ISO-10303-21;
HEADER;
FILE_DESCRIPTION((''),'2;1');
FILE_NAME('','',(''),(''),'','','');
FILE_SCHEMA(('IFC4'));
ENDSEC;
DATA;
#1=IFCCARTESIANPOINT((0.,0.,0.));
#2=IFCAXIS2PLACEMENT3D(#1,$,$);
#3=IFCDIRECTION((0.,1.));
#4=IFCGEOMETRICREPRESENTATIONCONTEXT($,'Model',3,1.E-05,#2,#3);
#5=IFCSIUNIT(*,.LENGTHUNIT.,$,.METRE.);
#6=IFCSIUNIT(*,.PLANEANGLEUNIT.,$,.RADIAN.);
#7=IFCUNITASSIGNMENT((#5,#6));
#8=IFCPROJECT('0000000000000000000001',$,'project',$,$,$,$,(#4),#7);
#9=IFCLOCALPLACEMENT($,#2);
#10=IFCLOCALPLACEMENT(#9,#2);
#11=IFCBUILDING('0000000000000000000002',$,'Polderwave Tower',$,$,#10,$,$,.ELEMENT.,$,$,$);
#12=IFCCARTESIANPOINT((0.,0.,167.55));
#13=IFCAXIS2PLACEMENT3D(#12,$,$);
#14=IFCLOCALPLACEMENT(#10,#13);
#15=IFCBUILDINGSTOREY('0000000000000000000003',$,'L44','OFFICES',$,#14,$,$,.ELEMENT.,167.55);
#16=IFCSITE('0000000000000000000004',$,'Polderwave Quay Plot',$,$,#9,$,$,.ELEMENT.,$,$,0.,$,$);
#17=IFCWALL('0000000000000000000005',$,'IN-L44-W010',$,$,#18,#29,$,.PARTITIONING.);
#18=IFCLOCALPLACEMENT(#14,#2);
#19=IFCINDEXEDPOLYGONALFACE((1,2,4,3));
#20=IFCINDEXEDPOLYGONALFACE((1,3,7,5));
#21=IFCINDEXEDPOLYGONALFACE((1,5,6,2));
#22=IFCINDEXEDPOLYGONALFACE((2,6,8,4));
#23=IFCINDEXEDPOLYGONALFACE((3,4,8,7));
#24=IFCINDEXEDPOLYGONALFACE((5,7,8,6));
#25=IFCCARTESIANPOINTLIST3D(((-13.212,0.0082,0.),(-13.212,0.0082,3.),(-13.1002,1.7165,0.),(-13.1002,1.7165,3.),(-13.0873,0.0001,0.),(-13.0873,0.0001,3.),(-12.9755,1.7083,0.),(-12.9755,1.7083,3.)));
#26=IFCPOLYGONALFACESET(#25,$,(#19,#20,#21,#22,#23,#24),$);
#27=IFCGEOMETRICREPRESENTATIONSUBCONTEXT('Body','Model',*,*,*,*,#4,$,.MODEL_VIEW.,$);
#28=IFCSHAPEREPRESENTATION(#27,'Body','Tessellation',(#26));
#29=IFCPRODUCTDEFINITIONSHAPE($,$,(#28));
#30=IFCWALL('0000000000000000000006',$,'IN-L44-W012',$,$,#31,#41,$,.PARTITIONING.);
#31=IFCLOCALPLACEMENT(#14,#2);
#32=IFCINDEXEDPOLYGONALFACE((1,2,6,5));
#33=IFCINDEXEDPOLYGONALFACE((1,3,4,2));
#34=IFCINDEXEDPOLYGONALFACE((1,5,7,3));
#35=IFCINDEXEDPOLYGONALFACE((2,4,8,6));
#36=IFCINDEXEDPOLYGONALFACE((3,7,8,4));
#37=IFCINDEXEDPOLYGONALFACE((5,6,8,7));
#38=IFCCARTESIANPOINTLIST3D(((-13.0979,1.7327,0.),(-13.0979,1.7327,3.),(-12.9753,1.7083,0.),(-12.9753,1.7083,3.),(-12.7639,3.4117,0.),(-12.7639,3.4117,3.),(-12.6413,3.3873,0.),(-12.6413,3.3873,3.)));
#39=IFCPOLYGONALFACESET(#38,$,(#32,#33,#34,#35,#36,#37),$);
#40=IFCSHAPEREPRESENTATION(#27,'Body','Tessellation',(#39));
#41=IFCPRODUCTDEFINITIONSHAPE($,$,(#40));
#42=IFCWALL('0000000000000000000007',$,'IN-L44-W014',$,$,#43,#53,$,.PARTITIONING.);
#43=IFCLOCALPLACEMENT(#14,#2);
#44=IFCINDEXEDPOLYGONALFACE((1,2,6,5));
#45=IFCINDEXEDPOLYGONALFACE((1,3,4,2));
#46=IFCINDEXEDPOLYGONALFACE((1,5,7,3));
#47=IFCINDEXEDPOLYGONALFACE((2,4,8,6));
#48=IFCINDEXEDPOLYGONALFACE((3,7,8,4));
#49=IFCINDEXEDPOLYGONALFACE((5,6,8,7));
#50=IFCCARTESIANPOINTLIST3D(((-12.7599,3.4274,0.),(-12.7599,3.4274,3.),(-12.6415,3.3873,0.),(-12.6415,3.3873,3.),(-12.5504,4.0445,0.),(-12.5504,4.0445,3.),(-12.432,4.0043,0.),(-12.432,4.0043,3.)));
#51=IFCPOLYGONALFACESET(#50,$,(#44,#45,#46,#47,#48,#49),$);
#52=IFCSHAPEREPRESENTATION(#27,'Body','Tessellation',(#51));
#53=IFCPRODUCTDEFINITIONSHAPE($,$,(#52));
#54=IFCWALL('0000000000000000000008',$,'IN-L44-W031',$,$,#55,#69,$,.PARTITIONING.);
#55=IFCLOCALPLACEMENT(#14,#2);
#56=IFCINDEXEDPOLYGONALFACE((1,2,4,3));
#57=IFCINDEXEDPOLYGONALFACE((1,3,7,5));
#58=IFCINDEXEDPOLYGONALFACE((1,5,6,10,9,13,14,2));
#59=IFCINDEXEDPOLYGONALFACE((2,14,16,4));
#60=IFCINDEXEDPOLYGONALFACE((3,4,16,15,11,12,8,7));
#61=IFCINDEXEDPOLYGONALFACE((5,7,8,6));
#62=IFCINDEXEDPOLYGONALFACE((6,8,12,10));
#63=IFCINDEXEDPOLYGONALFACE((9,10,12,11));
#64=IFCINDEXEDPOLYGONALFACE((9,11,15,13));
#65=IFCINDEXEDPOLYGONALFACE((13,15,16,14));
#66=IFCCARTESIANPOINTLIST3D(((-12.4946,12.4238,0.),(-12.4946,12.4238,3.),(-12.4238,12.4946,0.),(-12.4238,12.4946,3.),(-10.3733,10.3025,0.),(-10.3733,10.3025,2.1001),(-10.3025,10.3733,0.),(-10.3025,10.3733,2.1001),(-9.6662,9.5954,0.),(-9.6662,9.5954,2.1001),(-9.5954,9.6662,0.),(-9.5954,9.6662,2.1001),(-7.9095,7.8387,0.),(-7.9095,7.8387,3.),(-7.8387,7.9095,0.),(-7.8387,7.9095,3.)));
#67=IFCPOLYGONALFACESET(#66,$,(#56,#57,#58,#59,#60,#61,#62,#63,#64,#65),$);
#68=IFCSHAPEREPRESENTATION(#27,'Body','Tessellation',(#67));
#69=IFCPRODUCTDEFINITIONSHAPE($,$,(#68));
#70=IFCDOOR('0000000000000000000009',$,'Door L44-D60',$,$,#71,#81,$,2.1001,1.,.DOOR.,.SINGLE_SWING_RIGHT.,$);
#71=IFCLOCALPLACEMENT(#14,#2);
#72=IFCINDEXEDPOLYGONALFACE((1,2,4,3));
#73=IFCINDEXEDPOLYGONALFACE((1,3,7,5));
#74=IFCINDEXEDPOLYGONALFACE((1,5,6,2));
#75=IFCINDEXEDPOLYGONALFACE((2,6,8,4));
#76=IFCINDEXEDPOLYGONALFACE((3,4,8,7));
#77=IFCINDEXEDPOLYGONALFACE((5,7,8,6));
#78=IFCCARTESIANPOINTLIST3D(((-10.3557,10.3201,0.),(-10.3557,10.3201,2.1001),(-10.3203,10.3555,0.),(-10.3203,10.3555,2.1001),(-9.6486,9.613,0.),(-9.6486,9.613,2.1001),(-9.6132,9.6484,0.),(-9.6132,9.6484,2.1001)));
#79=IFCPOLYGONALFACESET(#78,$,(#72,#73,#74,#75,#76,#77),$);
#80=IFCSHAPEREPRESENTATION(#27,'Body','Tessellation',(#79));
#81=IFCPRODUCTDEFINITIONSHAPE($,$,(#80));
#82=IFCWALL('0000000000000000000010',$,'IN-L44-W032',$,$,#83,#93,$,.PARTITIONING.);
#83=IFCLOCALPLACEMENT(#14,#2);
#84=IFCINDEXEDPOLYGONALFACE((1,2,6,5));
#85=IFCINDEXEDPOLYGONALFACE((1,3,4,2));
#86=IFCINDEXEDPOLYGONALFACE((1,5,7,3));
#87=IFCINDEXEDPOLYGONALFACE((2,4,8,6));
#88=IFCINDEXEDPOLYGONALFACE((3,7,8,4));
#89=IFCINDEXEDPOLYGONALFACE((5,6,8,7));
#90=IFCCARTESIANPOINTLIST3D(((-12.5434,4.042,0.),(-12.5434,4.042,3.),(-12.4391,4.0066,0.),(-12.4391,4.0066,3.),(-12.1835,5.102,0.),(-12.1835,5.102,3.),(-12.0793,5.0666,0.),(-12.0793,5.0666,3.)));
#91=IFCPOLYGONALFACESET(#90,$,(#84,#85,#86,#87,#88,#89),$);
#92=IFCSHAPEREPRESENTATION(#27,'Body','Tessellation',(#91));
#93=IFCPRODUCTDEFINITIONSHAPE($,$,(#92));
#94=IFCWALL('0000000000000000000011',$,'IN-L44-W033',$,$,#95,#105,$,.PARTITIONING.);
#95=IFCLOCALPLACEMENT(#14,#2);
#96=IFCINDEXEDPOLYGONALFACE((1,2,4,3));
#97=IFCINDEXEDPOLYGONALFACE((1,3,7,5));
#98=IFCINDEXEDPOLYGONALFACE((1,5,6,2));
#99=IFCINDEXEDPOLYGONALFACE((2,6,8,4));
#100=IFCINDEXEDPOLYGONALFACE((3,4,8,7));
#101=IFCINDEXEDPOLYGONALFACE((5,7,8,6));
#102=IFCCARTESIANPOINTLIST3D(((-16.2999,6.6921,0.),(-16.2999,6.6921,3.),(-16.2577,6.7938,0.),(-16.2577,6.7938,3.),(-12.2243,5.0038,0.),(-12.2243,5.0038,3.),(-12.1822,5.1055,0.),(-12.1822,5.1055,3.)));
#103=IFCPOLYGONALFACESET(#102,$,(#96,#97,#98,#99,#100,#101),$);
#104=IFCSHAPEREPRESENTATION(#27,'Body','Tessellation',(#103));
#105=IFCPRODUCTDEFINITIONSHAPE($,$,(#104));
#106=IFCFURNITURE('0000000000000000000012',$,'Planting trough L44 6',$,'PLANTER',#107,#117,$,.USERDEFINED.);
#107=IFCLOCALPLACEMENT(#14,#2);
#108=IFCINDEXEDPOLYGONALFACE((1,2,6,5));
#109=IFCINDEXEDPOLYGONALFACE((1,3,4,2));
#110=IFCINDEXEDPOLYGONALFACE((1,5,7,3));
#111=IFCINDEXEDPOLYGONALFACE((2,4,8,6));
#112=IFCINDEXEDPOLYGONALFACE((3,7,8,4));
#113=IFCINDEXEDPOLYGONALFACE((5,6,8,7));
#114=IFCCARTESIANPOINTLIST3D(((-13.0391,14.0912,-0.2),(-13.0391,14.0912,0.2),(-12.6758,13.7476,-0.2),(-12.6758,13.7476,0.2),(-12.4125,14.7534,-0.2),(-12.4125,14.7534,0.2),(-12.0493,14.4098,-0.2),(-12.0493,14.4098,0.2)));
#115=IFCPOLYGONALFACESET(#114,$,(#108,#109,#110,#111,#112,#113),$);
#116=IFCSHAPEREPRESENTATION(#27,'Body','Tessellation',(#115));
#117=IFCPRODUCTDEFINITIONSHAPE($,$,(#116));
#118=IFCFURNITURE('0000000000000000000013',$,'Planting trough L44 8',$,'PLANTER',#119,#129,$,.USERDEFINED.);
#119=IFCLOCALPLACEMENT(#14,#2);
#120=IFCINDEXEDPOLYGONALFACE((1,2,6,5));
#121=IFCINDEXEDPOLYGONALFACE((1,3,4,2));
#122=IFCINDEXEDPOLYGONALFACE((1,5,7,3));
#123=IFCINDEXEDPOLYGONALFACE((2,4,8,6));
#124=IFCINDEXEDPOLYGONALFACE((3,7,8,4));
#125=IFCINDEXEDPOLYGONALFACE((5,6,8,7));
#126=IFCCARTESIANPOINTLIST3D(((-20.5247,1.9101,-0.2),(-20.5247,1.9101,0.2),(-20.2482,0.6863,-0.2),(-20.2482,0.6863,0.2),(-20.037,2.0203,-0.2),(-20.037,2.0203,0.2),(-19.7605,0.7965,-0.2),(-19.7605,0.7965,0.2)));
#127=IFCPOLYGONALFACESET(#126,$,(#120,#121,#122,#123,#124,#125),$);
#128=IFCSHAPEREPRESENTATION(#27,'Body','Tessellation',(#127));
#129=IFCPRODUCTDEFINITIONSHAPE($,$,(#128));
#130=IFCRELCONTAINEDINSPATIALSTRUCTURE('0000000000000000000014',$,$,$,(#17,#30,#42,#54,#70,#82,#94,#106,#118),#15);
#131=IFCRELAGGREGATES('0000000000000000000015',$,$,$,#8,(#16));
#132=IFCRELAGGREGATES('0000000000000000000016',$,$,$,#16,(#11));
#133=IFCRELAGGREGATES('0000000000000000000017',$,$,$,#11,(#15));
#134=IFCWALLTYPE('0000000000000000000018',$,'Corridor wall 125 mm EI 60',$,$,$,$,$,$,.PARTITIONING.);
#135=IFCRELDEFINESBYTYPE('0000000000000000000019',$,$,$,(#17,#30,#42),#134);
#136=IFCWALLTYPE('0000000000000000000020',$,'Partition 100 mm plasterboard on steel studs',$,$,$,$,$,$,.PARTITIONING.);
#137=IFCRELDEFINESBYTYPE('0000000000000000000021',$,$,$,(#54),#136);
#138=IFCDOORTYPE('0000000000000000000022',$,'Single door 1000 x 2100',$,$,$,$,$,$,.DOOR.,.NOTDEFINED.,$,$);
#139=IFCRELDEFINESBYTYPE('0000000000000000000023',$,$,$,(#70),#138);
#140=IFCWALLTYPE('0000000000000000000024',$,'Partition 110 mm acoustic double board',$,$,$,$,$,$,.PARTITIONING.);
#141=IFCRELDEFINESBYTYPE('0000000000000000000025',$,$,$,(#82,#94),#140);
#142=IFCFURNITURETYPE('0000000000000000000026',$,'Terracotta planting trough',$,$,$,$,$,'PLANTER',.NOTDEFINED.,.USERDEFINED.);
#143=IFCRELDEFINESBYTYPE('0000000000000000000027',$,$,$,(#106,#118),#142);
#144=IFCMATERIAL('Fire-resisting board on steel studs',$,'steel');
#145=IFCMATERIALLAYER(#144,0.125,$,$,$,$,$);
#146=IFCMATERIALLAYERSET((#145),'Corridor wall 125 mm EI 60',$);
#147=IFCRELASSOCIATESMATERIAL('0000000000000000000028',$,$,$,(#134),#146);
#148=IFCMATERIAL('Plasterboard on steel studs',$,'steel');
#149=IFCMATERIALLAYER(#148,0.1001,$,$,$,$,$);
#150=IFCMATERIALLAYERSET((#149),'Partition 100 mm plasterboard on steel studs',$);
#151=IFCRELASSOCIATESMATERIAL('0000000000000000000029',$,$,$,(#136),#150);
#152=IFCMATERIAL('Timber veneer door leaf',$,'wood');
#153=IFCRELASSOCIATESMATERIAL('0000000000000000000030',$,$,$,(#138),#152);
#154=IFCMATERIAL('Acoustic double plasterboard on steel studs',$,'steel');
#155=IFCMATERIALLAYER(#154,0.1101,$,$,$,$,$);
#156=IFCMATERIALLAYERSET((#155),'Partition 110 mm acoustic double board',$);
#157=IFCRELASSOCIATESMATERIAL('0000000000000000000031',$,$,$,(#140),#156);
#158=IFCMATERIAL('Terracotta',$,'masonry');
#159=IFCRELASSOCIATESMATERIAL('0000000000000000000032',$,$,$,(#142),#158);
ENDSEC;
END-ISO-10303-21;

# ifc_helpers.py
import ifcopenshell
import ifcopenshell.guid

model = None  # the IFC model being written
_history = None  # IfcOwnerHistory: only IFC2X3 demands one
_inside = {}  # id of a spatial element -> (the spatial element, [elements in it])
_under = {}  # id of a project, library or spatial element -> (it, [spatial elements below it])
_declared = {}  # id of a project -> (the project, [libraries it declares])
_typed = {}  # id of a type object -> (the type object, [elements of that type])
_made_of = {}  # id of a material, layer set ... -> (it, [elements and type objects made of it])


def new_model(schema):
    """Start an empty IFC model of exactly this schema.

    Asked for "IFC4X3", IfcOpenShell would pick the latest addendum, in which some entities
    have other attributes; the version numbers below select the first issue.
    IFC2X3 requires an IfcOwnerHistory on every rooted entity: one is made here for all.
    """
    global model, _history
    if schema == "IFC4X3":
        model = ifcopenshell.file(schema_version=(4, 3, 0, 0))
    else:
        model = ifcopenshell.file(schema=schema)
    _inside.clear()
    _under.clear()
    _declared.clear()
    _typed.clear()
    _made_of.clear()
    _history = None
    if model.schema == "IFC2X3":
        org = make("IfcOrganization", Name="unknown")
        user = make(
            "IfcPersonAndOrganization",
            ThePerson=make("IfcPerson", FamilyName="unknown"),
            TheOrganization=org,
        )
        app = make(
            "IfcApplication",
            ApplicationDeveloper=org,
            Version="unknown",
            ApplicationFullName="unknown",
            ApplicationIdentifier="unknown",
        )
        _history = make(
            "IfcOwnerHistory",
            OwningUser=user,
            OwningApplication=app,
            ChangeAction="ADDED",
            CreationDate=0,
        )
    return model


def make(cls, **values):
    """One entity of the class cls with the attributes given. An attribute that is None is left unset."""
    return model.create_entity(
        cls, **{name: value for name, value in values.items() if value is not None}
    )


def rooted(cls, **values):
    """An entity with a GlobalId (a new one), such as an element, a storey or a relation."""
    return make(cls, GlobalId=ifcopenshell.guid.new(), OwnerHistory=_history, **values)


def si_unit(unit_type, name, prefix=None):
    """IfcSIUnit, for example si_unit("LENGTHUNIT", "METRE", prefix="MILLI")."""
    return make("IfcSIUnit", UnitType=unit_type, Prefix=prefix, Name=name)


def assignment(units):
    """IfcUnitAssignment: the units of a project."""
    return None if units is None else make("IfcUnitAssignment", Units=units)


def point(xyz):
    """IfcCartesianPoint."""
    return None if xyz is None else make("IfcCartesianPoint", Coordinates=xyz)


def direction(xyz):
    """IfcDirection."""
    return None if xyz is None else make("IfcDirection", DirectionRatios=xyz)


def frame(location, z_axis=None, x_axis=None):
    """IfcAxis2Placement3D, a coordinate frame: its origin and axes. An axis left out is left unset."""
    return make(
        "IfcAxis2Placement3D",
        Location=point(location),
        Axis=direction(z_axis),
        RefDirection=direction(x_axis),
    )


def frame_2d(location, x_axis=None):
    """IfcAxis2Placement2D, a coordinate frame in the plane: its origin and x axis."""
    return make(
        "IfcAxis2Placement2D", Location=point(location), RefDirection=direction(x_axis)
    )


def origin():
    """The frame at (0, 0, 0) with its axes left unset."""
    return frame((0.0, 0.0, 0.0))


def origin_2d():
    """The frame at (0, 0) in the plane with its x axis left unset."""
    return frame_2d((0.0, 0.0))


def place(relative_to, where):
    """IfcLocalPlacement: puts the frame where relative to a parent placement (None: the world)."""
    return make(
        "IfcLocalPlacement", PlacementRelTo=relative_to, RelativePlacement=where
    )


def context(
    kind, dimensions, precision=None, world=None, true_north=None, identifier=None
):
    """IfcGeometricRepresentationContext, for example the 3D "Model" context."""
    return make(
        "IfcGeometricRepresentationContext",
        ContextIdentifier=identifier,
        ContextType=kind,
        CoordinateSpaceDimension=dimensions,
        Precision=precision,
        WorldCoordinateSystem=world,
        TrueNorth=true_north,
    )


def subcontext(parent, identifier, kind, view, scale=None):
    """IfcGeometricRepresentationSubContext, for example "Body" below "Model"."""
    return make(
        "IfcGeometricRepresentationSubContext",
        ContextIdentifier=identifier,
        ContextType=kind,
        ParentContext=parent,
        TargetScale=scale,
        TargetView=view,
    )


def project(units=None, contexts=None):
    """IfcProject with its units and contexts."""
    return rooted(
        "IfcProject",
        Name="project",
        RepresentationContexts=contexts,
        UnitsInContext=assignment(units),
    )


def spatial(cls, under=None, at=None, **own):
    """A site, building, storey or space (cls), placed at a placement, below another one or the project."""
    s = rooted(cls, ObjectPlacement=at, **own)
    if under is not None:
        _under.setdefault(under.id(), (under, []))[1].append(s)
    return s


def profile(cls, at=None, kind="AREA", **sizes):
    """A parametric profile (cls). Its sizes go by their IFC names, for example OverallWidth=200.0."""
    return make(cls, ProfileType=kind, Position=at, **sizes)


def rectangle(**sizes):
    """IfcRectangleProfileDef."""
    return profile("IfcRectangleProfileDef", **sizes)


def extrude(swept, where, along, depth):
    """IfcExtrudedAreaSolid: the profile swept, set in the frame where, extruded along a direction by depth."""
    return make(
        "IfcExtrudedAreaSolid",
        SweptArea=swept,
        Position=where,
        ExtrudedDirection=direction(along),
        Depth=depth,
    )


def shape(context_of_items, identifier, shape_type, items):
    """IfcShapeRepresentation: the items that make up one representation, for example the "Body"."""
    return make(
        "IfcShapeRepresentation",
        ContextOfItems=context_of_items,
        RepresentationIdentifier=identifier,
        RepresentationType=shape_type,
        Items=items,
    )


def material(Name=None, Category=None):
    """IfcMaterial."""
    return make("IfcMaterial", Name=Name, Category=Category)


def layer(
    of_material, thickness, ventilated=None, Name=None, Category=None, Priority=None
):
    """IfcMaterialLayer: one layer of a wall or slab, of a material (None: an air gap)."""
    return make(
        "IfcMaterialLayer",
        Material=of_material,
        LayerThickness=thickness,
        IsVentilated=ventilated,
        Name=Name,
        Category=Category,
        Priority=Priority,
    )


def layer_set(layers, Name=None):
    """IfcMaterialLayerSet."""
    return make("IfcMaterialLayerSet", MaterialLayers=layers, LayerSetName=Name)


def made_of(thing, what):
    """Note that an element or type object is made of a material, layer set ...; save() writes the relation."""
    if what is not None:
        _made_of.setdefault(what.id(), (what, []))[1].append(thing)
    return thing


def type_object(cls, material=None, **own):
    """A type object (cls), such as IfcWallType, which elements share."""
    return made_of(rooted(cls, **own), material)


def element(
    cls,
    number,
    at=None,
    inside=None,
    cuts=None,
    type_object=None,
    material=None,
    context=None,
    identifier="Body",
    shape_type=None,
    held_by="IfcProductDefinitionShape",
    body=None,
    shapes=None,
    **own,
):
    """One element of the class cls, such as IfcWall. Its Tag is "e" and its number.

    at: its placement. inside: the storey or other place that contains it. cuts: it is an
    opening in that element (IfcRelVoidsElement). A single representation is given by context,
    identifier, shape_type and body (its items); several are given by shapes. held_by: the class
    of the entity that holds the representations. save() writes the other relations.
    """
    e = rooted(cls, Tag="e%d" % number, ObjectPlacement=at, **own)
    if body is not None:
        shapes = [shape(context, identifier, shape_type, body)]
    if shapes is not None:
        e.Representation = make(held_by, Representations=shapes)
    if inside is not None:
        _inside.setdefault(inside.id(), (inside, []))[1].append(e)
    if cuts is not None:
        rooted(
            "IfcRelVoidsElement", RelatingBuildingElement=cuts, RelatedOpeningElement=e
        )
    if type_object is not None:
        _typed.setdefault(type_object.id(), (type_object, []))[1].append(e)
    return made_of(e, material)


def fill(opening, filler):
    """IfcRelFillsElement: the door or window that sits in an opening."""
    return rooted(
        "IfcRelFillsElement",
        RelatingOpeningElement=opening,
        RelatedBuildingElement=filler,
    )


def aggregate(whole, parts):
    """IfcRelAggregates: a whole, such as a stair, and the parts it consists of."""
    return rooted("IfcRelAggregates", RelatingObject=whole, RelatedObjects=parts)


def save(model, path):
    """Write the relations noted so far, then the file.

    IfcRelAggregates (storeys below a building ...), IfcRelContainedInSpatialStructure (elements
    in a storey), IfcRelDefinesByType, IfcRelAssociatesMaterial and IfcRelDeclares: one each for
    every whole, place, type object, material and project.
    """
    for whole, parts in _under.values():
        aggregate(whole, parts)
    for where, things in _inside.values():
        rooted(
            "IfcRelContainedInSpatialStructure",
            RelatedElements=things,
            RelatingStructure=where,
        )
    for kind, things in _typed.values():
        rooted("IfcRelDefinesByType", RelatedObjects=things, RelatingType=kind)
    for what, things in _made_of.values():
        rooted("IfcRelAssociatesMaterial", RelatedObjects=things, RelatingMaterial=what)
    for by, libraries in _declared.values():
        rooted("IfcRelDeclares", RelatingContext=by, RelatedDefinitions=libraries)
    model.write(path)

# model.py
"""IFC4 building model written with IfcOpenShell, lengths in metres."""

from ifc_helpers import new_model, si_unit, direction, frame, frame_2d, origin, origin_2d, place, context, subcontext, project, spatial, rectangle, extrude, material, layer, layer_set, type_object, element, fill, save


model = new_model("IFC4")

# Units and contexts
model_context = context("Model", 3, precision=1e-05, world=origin(), true_north=direction((0.0, 1.0)))
body_context = subcontext(model_context, "Body", "Model", "MODEL_VIEW")
ifc_project = project(units=[si_unit("LENGTHUNIT", "METRE"), si_unit("PLANEANGLEUNIT", "RADIAN")], contexts=[model_context])

# Site, building, storey
site_placement = place(None, origin())
site = spatial("IfcSite", under=ifc_project, at=site_placement, Name="Polderwave Quay Plot", CompositionType="ELEMENT", RefElevation=0.0)
building_placement = place(site_placement, origin())
building = spatial("IfcBuilding", under=site, at=building_placement, Name="Polderwave Tower", CompositionType="ELEMENT")
storey_placement = place(building_placement, frame((0.0, 0.0, 167.55)))
storey = spatial("IfcBuildingStorey", under=building, at=storey_placement, Name="L44", Description="OFFICES", CompositionType="ELEMENT", Elevation=167.55)

# Shared definitions
ifc_material_1 = material(Name="Fire-resisting board on steel studs", Category="steel")
ifc_layer_1 = layer(ifc_material_1, 0.125)
ifc_layer_set_1 = layer_set([ifc_layer_1], Name="Corridor wall 125 mm EI 60")
wall_type_1 = type_object("IfcWallType", Name="Corridor wall 125 mm EI 60", PredefinedType="PARTITIONING", material=ifc_layer_set_1)

# Walls
for number, where, z_axis, x_axis, name in (
    (1, (-13.1497, 0.0042, 0.0), (0.0, 0.0, 1.0), (0.065317, 0.997865, 0.0), "IN-L44-W010"),
    (2, (-13.0366, 1.7205, 0.0), (0.0, 0.0, 1.0), (0.195101, 0.980783, 0.0), "IN-L44-W012"),
):
    element("IfcWall", number, at=place(storey_placement, frame(where, z_axis=z_axis, x_axis=x_axis)), inside=storey, type_object=wall_type_1, Name=name, PredefinedType="PARTITIONING", context=body_context, shape_type="SweptSolid", body=[
        extrude(rectangle(XDim=1.7119, YDim=0.125, at=frame_2d((0.856, 0.0))), origin(), (0.0, 0.0, 1.0), 3.0),
    ])
wall_1_placement = place(storey_placement, frame((-12.7007, 3.4075, 0.0), z_axis=(0.0, 0.0, 1.0), x_axis=(0.321506, 0.946907, 0.0)))
element("IfcWall", 3, at=wall_1_placement, inside=storey, type_object=wall_type_1, Name="IN-L44-W014", PredefinedType="PARTITIONING", context=body_context, shape_type="SweptSolid", body=[
    extrude(rectangle(XDim=0.6516, YDim=0.125, at=frame_2d((0.3257, 0.0))), origin(), (0.0, 0.0, 1.0), 3.0),
])

# Wall, opening, door
ifc_material_2 = material(Name="Plasterboard on steel studs", Category="steel")
ifc_layer_2 = layer(ifc_material_2, 0.1001)
ifc_layer_set_2 = layer_set([ifc_layer_2], Name="Partition 100 mm plasterboard on steel studs")
wall_type_2 = type_object("IfcWallType", Name="Partition 100 mm plasterboard on steel studs", PredefinedType="PARTITIONING", material=ifc_layer_set_2)
wall_2_placement = place(storey_placement, frame((-12.4592, 12.4592, 0.0), z_axis=(0.0, 0.0, 1.0), x_axis=(0.707107, -0.707107, 0.0)))
wall_2 = element("IfcWall", 4, at=wall_2_placement, inside=storey, type_object=wall_type_2, Name="IN-L44-W031", PredefinedType="PARTITIONING", context=body_context, shape_type="SweptSolid", body=[
    extrude(rectangle(XDim=6.4844, YDim=0.1001, at=frame_2d((3.2422, 0.0))), origin(), (0.0, 0.0, 1.0), 3.0),
])
opening_1_placement = place(wall_2_placement, frame((3.0, 0.0, 0.0)))
opening_1 = element("IfcOpeningElement", 5, at=opening_1_placement, cuts=wall_2, PredefinedType="OPENING", context=body_context, shape_type="SweptSolid", body=[
    extrude(rectangle(XDim=1.0, YDim=2.1001, at=frame_2d((0.5, 1.05))), frame((0.0, 0.0601, 0.0), z_axis=(0.0, -1.0, 0.0), x_axis=(1.0, 0.0, 0.0)), (0.0, 0.0, 1.0), 0.1201),
])
ifc_material_3 = material(Name="Timber veneer door leaf", Category="wood")
door_type_1 = type_object("IfcDoorType", Name="Single door 1000 x 2100", OperationType="NOTDEFINED", PredefinedType="DOOR", material=ifc_material_3)
door_1_placement = place(opening_1_placement, origin())
door_1 = element("IfcDoor", 6, at=door_1_placement, inside=storey, type_object=door_type_1, Name="Door L44-D60", OperationType="SINGLE_SWING_RIGHT", OverallHeight=2.1001, OverallWidth=1.0, PredefinedType="DOOR", context=body_context, shape_type="SweptSolid", body=[
    extrude(rectangle(XDim=1.0, YDim=2.1001, at=frame_2d((0.5, 1.05))), frame((0.0, 0.0249, 0.0), z_axis=(0.0, -1.0, 0.0), x_axis=(1.0, 0.0, 0.0)), (0.0, 0.0, 1.0), 0.05),
])
fill(opening_1, door_1)

# Walls
ifc_material_4 = material(Name="Acoustic double plasterboard on steel studs", Category="steel")
ifc_layer_3 = layer(ifc_material_4, 0.1101)
ifc_layer_set_3 = layer_set([ifc_layer_3], Name="Partition 110 mm acoustic double board")
wall_type_3 = type_object("IfcWallType", Name="Partition 110 mm acoustic double board", PredefinedType="PARTITIONING", material=ifc_layer_set_3)
wall_3_placement = place(storey_placement, frame((-12.4912, 4.0244, 0.0), z_axis=(0.0, 0.0, 1.0), x_axis=(0.321457, 0.946924, 0.0)))
element("IfcWall", 7, at=wall_3_placement, inside=storey, type_object=wall_type_3, Name="IN-L44-W032", PredefinedType="PARTITIONING", context=body_context, shape_type="SweptSolid", body=[
    extrude(rectangle(XDim=1.1194, YDim=0.1101, at=frame_2d((0.5596, 0.0))), origin(), (0.0, 0.0, 1.0), 3.0),
])
wall_4_placement = place(storey_placement, frame((-12.2034, 5.0547, 0.0), z_axis=(0.0, 0.0, 1.0), x_axis=(-0.923869, 0.382709, 0.0)))
element("IfcWall", 8, at=wall_4_placement, inside=storey, type_object=wall_type_3, Name="IN-L44-W033", PredefinedType="PARTITIONING", context=body_context, shape_type="SweptSolid", body=[
    extrude(rectangle(XDim=4.4114, YDim=0.1101, at=frame_2d((2.2056, 0.0))), origin(), (0.0, 0.0, 1.0), 3.0),
])

# Furniture
ifc_material_5 = material(Name="Terracotta", Category="masonry")
furniture_type = type_object("IfcFurnitureType", Name="Terracotta planting trough", ElementType="PLANTER", AssemblyPlace="NOTDEFINED", PredefinedType="USERDEFINED", material=ifc_material_5)
furniture_1_placement = place(storey_placement, frame((-12.5442, 14.2505, -0.2), z_axis=(0.0, 0.0, 1.0), x_axis=(-0.687259, -0.726413, 0.0)))
element("IfcFurniture", 9, at=furniture_1_placement, inside=storey, type_object=furniture_type, Name="Planting trough L44 6", ObjectType="PLANTER", PredefinedType="USERDEFINED", context=body_context, shape_type="SweptSolid", body=[
    extrude(rectangle(XDim=0.9116, YDim=0.5, at=origin_2d()), origin(), (0.0, 0.0, 1.0), 0.3999),
])
furniture_2_placement = place(storey_placement, frame((-20.1426, 1.3533, -0.2), z_axis=(0.0, 0.0, 1.0), x_axis=(0.220423, -0.975404, 0.0)))
element("IfcFurniture", 10, at=furniture_2_placement, inside=storey, type_object=furniture_type, Name="Planting trough L44 8", ObjectType="PLANTER", PredefinedType="USERDEFINED", context=body_context, shape_type="SweptSolid", body=[
    extrude(rectangle(XDim=1.2546, YDim=0.5, at=origin_2d()), origin(), (0.0, 0.0, 1.0), 0.3999),
])

save(model, "model.ifc")
